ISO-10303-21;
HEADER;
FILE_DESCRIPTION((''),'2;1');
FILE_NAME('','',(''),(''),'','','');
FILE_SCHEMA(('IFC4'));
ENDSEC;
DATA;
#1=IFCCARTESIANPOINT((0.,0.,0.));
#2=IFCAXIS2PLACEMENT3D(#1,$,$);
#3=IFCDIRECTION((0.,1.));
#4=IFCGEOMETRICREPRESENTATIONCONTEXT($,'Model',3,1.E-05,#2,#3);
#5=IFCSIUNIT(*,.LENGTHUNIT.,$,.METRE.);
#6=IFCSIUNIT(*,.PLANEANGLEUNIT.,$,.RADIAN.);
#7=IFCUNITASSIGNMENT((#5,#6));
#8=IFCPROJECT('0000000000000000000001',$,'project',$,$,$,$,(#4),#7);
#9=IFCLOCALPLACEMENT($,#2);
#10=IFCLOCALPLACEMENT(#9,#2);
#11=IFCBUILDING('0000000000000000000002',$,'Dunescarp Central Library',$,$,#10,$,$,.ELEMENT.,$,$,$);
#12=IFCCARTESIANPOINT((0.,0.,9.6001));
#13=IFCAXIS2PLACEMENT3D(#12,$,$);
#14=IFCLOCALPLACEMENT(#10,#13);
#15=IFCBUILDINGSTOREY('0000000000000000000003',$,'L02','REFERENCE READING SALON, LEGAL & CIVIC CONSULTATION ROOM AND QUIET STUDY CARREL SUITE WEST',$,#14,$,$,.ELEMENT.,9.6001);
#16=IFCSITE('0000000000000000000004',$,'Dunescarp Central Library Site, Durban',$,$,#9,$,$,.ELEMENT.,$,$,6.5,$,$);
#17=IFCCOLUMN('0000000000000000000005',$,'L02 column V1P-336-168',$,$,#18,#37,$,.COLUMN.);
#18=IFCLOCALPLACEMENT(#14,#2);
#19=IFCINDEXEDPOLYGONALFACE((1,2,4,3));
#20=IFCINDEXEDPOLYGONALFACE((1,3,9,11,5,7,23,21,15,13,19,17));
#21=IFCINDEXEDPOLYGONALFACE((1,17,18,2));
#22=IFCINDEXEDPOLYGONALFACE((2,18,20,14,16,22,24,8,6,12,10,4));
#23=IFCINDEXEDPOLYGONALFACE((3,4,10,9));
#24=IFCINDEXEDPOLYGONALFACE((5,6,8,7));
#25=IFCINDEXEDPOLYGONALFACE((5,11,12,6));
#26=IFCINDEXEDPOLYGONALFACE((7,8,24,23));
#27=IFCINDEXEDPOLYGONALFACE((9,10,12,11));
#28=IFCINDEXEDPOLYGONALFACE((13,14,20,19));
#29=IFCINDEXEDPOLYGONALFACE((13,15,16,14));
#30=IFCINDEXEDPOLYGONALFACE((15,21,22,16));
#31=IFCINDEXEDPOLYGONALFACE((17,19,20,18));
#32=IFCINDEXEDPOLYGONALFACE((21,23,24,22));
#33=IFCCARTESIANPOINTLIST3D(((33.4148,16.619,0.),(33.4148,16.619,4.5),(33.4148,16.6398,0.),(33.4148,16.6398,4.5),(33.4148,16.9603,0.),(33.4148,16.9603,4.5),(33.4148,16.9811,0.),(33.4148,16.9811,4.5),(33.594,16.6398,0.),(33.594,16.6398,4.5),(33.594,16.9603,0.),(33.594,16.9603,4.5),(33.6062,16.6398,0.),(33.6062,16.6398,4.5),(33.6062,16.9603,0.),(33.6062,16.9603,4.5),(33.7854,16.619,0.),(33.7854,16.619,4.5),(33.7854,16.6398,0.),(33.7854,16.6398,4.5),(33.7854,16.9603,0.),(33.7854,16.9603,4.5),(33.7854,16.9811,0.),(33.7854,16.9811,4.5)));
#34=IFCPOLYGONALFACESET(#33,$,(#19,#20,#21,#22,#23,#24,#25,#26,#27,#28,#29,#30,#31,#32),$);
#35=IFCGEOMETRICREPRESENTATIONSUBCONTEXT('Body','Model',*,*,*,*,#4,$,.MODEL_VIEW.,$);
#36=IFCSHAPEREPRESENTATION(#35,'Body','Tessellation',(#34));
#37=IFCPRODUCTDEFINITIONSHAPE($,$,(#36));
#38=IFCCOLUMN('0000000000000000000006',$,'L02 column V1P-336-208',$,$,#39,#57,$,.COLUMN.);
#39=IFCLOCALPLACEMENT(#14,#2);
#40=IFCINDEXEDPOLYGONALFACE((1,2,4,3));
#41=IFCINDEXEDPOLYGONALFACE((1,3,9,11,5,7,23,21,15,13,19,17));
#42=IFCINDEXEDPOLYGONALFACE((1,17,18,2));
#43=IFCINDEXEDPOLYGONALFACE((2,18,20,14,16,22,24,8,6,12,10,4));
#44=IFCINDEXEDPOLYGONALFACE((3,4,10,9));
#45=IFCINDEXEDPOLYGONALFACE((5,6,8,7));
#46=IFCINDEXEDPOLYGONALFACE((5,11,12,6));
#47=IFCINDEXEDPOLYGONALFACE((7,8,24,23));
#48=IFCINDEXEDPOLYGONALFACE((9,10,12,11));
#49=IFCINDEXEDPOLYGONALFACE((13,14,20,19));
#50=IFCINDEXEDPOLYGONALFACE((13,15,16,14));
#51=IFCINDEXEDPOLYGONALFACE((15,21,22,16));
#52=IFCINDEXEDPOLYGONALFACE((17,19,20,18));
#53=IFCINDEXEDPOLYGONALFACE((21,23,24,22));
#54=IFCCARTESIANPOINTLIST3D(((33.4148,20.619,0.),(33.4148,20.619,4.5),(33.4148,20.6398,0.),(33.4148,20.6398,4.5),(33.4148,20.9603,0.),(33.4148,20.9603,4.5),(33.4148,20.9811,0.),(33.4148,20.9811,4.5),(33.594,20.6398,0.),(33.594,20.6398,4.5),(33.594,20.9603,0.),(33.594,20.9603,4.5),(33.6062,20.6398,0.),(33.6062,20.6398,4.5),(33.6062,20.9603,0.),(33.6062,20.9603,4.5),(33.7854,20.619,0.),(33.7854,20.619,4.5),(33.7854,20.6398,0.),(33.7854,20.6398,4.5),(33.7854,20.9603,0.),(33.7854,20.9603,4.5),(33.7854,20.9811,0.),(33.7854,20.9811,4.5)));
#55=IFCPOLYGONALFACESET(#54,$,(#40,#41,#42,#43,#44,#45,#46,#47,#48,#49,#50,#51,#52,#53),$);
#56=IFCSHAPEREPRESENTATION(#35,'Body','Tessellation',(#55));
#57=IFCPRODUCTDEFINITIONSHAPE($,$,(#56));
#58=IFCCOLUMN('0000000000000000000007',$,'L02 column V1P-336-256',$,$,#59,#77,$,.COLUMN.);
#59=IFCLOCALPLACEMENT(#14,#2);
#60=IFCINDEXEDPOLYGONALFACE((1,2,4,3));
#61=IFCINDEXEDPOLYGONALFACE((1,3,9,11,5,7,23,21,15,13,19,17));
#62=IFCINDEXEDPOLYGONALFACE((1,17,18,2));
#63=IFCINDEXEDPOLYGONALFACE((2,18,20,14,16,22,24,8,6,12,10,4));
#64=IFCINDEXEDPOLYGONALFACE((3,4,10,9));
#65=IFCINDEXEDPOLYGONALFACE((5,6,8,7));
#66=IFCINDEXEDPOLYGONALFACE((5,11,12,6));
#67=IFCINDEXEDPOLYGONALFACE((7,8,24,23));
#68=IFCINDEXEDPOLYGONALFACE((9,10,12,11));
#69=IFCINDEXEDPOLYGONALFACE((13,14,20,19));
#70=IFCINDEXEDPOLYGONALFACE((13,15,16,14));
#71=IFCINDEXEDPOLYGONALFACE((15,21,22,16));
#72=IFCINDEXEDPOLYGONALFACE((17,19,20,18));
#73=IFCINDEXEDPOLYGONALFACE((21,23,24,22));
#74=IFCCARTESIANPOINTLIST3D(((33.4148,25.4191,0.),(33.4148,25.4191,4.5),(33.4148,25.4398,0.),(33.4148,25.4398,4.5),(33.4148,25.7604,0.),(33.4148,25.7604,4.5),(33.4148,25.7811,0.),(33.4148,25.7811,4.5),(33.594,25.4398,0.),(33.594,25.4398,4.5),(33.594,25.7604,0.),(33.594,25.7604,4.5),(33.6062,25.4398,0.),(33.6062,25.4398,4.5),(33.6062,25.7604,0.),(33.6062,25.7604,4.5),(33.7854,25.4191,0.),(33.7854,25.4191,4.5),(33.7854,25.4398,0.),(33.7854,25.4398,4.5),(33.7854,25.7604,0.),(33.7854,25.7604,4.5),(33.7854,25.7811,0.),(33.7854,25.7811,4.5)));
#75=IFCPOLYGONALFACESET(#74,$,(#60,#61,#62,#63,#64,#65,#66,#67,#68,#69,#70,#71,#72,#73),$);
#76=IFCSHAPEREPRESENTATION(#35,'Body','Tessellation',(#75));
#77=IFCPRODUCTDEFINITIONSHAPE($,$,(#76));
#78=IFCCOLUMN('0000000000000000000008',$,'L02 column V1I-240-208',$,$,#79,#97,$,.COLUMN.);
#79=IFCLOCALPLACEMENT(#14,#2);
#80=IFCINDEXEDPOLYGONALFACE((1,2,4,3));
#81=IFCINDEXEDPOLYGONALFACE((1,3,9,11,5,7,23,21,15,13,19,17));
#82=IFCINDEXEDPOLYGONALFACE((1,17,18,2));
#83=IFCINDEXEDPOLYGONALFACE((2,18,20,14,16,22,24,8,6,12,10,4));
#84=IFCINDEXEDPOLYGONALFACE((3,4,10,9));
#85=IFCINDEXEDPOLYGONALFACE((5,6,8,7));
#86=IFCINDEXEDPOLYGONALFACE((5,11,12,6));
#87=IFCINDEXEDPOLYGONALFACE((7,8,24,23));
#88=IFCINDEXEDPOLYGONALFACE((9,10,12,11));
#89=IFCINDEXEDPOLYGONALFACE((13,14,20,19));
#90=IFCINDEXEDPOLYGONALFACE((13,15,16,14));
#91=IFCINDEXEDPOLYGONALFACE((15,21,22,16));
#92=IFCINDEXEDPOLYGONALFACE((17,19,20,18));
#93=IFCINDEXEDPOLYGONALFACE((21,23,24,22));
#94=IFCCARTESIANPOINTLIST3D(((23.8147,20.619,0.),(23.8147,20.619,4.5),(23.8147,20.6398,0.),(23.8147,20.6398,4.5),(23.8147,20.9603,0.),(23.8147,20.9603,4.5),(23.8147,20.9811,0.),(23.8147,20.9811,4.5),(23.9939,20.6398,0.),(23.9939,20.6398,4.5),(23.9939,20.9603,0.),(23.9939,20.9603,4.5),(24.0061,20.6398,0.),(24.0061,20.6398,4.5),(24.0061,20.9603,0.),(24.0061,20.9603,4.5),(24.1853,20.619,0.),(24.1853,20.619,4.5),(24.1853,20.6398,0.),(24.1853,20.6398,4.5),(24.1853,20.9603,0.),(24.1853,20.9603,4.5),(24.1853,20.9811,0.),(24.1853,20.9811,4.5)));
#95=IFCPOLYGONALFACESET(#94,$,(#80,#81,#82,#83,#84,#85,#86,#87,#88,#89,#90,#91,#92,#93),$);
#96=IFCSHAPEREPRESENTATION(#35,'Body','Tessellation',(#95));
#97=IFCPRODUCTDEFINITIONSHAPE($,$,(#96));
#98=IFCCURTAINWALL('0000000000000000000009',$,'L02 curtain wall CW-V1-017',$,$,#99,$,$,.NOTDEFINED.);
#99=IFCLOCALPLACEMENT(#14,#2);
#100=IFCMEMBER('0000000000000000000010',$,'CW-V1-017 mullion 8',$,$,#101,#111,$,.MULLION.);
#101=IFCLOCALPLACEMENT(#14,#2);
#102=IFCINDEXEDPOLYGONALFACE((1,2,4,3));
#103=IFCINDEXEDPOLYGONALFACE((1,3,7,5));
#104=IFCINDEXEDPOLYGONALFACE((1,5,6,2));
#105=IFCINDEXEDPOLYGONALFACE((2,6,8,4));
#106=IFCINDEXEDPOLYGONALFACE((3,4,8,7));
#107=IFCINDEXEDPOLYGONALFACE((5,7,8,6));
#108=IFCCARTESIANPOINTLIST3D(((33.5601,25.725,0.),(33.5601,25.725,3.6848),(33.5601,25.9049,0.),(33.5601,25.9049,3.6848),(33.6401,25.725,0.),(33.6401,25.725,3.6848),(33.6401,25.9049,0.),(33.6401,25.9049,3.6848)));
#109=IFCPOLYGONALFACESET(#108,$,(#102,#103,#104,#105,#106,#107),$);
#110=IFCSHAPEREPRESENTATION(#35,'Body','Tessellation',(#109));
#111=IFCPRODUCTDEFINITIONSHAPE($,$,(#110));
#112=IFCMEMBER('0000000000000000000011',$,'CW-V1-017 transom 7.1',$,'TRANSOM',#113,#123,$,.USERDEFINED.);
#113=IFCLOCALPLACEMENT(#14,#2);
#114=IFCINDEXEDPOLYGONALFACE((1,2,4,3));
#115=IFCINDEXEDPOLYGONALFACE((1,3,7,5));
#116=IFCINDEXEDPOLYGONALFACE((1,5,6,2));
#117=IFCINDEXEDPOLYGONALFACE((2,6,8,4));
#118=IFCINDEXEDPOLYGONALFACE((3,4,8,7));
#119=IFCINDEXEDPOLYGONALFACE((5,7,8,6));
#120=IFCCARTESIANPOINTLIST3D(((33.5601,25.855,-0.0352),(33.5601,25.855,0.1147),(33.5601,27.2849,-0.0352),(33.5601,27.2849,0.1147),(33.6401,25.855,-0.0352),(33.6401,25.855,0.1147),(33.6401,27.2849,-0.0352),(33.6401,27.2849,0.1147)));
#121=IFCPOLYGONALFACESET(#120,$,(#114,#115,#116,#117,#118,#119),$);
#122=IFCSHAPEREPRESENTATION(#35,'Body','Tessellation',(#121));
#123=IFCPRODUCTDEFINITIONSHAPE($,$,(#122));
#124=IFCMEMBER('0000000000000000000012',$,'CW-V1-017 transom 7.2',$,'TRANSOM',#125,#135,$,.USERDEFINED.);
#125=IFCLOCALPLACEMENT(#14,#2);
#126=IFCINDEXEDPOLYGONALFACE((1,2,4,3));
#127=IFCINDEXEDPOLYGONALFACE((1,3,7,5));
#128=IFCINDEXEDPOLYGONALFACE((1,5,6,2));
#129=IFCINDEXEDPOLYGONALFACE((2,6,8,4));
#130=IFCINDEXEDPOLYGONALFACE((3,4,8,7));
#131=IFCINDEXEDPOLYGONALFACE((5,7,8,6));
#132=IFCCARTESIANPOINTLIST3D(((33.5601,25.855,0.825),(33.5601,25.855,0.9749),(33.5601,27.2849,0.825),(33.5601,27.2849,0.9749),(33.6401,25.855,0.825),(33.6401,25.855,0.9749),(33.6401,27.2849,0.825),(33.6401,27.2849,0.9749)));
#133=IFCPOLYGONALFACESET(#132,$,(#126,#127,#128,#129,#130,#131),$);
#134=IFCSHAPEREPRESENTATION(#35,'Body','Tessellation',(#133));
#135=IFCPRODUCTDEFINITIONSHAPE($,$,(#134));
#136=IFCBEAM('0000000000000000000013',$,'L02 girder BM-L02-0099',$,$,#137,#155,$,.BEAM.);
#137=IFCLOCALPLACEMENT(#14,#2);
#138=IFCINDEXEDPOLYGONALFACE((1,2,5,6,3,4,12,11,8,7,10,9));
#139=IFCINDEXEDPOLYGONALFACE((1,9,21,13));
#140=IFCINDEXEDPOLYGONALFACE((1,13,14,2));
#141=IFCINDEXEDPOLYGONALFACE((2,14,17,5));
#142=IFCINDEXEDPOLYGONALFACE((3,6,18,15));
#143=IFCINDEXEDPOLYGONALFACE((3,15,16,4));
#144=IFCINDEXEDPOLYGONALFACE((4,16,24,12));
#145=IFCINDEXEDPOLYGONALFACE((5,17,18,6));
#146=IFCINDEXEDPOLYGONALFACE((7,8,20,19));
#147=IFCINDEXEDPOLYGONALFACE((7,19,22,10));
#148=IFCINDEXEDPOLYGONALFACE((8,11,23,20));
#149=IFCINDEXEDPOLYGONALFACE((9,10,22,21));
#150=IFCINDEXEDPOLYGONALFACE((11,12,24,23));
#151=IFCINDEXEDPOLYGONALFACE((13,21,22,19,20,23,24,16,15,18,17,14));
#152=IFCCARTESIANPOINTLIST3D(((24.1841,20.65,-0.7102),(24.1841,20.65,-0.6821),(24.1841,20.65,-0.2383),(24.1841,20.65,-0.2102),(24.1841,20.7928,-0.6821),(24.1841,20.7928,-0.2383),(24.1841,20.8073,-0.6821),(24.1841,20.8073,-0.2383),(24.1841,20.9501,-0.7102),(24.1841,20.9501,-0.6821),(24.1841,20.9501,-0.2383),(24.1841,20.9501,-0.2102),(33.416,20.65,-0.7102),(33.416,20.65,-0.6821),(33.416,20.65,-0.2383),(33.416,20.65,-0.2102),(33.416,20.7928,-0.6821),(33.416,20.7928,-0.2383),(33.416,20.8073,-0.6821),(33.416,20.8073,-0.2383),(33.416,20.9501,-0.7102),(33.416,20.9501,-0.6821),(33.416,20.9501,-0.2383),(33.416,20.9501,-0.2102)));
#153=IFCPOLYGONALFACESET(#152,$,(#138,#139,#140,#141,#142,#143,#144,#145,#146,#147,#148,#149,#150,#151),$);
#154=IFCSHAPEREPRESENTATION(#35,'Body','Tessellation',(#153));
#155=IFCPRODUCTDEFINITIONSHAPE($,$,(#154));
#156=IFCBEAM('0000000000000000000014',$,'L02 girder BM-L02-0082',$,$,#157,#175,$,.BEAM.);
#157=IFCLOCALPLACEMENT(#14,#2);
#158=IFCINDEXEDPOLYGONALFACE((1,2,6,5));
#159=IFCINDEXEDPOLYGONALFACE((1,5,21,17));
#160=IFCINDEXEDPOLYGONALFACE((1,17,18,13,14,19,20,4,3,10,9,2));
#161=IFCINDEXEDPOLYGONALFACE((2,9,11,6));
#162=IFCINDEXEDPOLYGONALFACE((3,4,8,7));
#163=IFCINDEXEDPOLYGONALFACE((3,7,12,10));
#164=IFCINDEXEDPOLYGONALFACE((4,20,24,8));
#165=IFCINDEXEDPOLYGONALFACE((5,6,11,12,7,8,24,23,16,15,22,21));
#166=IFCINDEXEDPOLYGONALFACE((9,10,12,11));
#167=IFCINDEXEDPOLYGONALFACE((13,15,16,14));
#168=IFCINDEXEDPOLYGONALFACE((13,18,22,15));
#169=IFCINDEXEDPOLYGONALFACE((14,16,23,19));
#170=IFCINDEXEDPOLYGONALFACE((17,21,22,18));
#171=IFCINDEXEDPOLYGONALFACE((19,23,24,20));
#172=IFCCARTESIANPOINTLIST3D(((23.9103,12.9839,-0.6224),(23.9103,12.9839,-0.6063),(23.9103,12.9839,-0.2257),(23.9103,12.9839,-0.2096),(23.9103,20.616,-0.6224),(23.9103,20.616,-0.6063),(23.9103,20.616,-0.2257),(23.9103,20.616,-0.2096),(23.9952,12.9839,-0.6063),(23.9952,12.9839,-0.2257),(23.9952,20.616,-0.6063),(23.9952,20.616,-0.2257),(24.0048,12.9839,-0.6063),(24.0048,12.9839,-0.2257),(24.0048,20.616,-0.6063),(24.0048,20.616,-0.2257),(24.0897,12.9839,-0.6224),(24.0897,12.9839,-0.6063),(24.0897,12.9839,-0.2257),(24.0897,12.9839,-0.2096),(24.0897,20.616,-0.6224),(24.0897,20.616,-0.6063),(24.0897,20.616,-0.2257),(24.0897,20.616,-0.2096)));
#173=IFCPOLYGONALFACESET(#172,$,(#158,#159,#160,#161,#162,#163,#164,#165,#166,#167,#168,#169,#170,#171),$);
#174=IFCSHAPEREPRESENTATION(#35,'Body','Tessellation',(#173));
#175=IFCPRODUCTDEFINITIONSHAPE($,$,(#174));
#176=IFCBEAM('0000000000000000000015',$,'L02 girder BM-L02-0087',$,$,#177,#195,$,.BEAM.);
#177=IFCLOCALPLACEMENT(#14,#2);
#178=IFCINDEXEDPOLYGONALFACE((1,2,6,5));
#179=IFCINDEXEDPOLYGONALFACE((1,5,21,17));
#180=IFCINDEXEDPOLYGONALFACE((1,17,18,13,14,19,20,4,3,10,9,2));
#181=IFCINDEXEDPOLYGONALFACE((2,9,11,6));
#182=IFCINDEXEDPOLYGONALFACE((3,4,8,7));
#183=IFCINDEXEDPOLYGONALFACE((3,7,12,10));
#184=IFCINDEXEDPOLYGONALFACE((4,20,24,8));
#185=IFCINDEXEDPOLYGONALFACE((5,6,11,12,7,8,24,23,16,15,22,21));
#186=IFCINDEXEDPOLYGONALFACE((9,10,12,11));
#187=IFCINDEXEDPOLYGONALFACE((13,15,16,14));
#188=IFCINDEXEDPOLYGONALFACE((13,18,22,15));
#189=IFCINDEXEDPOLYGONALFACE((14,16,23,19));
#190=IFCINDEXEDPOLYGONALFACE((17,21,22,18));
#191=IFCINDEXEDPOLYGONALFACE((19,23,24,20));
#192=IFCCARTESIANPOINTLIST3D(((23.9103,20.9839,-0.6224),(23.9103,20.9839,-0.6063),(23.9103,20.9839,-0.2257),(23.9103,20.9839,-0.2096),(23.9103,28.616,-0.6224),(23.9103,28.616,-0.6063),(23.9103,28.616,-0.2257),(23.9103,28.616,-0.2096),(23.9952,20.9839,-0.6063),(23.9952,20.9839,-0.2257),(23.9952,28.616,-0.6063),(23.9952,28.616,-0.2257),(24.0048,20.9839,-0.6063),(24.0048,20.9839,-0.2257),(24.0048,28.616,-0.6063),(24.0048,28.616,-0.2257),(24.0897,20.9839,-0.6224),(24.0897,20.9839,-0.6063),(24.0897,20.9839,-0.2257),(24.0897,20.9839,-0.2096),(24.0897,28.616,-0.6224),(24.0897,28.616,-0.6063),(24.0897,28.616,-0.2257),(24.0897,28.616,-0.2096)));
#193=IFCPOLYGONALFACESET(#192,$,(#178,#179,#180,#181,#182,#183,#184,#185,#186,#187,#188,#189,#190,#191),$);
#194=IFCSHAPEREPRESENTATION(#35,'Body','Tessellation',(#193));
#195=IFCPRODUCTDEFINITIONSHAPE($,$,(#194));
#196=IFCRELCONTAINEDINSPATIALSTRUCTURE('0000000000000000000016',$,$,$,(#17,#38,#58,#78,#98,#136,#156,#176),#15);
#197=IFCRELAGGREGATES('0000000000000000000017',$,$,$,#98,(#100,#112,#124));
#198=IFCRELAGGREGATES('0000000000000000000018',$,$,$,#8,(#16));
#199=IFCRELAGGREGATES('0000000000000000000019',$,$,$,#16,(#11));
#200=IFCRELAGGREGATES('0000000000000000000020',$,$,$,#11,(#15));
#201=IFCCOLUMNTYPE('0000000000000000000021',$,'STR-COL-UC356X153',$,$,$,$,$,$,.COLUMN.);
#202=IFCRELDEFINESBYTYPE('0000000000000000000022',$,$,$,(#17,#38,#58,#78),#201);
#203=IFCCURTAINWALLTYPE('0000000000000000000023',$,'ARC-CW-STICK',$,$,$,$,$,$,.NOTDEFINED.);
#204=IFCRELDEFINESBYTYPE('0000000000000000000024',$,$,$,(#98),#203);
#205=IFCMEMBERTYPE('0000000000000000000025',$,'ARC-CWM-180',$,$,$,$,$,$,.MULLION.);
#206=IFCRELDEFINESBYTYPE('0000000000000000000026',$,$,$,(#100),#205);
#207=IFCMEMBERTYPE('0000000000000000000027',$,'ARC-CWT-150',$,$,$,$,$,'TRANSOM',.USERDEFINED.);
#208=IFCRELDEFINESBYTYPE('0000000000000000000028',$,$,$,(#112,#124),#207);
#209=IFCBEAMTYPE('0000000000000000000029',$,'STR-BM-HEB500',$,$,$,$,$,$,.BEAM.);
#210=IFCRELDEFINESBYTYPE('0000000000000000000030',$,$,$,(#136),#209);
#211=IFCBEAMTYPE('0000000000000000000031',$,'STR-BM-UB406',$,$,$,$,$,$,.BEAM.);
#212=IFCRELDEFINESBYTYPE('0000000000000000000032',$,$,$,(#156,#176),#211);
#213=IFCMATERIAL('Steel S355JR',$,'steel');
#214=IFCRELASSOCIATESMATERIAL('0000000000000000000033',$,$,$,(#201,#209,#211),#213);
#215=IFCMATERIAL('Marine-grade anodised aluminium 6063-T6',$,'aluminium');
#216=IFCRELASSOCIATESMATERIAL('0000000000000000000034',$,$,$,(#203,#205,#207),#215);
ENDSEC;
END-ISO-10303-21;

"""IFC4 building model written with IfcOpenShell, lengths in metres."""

from ifc_helpers import new_model, si_unit, direction, frame, origin, origin_2d, place, context, subcontext, project, spatial, rectangle, i_section, extrude, material, material_profile, profile_set, type_object, element, aggregate, save


model = new_model("IFC4")

# Units and contexts
model_context = context("Model", 3, precision=1e-05, world=origin(), true_north=direction((0.0, 1.0)))
body_context = subcontext(model_context, "Body", "Model", "MODEL_VIEW")
ifc_project = project(units=[si_unit("LENGTHUNIT", "METRE"), si_unit("PLANEANGLEUNIT", "RADIAN")], contexts=[model_context])

# Site, building, storey
site_placement = place(None, origin())
site = spatial("IfcSite", under=ifc_project, at=site_placement, Name="Dunescarp Central Library Site, Durban", CompositionType="ELEMENT", RefElevation=6.5)
building_placement = place(site_placement, origin())
building = spatial("IfcBuilding", under=site, at=building_placement, Name="Dunescarp Central Library", CompositionType="ELEMENT")
storey_placement = place(building_placement, frame((0.0, 0.0, 9.6001)))
storey = spatial("IfcBuildingStorey", under=building, at=storey_placement, Name="L02", Description="REFERENCE READING SALON, LEGAL & CIVIC CONSULTATION ROOM AND QUIET STUDY CARREL SUITE WEST", CompositionType="ELEMENT", Elevation=9.6001)

# Columns
ifc_material_1 = material(Name="Steel S355JR", Category="steel")
ifc_material_profile_1 = material_profile(ifc_material_1, i_section(OverallWidth=0.3706, OverallDepth=0.3621, WebThickness=0.0122, FlangeThickness=0.0208, at=origin_2d()), Name="UC 356x368x153")
ifc_profile_set_1 = profile_set([ifc_material_profile_1], Name="Steel S355JR")
column_type = type_object("IfcColumnType", Name="STR-COL-UC356X153", PredefinedType="COLUMN", material=ifc_profile_set_1)
for number, where, z_axis, x_axis, name in (
    (1, (33.6001, 16.8, 0.0), (0.0, 0.0, 1.0), (1.0, 0.0, 0.0), "L02 column V1P-336-168"),
    (2, (33.6001, 20.8, 0.0), (0.0, 0.0, 1.0), (1.0, 0.0, 0.0), "L02 column V1P-336-208"),
    (3, (33.6001, 25.6001, 0.0), (0.0, 0.0, 1.0), (1.0, 0.0, 0.0), "L02 column V1P-336-256"),
    (4, (24.0, 20.8, 0.0), (0.0, 0.0, 1.0), (1.0, 0.0, 0.0), "L02 column V1I-240-208"),
):
    element("IfcColumn", number, at=place(storey_placement, frame(where, z_axis=z_axis, x_axis=x_axis)), inside=storey, type_object=column_type, Name=name, PredefinedType="COLUMN", context=body_context, shape_type="SweptSolid", body=[
        extrude(i_section(OverallWidth=0.3706, OverallDepth=0.3621, WebThickness=0.0122, FlangeThickness=0.0208, at=origin_2d()), origin(), (0.0, 0.0, 1.0), 4.5),
    ])

# Curtain wall, members
ifc_material_2 = material(Name="Marine-grade anodised aluminium 6063-T6", Category="aluminium")
curtain_wall_type = type_object("IfcCurtainWallType", Name="ARC-CW-STICK", PredefinedType="NOTDEFINED", material=ifc_material_2)
curtain_wall_placement = place(storey_placement, origin())
curtain_wall = element("IfcCurtainWall", 5, at=curtain_wall_placement, inside=storey, type_object=curtain_wall_type, Name="L02 curtain wall CW-V1-017", PredefinedType="NOTDEFINED")
ifc_material_profile_2 = material_profile(ifc_material_2, rectangle(XDim=0.0801, YDim=0.1799, at=origin_2d()), Name="AL 80x180")
ifc_profile_set_2 = profile_set([ifc_material_profile_2], Name="Marine-grade anodised aluminium 6063-T6")
member_type_1 = type_object("IfcMemberType", Name="ARC-CWM-180", PredefinedType="MULLION", material=ifc_profile_set_2)
member_1_placement = place(storey_placement, frame((33.6001, 25.8149, 0.0), z_axis=(0.0, 0.0, 1.0), x_axis=(1.0, 0.0, 0.0)))
member_1 = element("IfcMember", 6, at=member_1_placement, type_object=member_type_1, Name="CW-V1-017 mullion 8", PredefinedType="MULLION", context=body_context, shape_type="SweptSolid", body=[
    extrude(rectangle(XDim=0.0801, YDim=0.1799, at=origin_2d()), origin(), (0.0, 0.0, 1.0), 3.6848),
])
ifc_material_profile_3 = material_profile(ifc_material_2, rectangle(XDim=0.0801, YDim=0.1499, at=origin_2d()), Name="AL 80x150")
ifc_profile_set_3 = profile_set([ifc_material_profile_3], Name="Marine-grade anodised aluminium 6063-T6")
member_type_2 = type_object("IfcMemberType", Name="ARC-CWT-150", ElementType="TRANSOM", PredefinedType="USERDEFINED", material=ifc_profile_set_3)
member_2_placement = place(storey_placement, frame((33.6001, 27.2849, 0.0398), z_axis=(0.0, -1.0, 0.0), x_axis=(1.0, 0.0, 0.0)))
member_2 = element("IfcMember", 7, at=member_2_placement, type_object=member_type_2, Name="CW-V1-017 transom 7.1", ObjectType="TRANSOM", PredefinedType="USERDEFINED", context=body_context, shape_type="SweptSolid", body=[
    extrude(rectangle(XDim=0.0801, YDim=0.1499, at=origin_2d()), origin(), (0.0, 0.0, 1.0), 1.4299),
])
member_3_placement = place(storey_placement, frame((33.6001, 27.2849, 0.8999), z_axis=(0.0, -1.0, 0.0), x_axis=(1.0, 0.0, 0.0)))
member_3 = element("IfcMember", 8, at=member_3_placement, type_object=member_type_2, Name="CW-V1-017 transom 7.2", ObjectType="TRANSOM", PredefinedType="USERDEFINED", context=body_context, shape_type="SweptSolid", body=[
    extrude(rectangle(XDim=0.0801, YDim=0.1499, at=origin_2d()), origin(), (0.0, 0.0, 1.0), 1.4299),
])

# Beams
ifc_material_profile_4 = material_profile(ifc_material_1, i_section(OverallWidth=0.3, OverallDepth=0.5, WebThickness=0.0144, FlangeThickness=0.0281, at=origin_2d()), Name="HEB 500")
ifc_profile_set_4 = profile_set([ifc_material_profile_4], Name="Steel S355JR")
beam_type_1 = type_object("IfcBeamType", Name="STR-BM-HEB500", PredefinedType="BEAM", material=ifc_profile_set_4)
beam_placement = place(storey_placement, frame((24.1841, 20.8, -0.4602), z_axis=(1.0, 0.0, 0.0), x_axis=(0.0, 1.0, 0.0)))
element("IfcBeam", 9, at=beam_placement, inside=storey, type_object=beam_type_1, Name="L02 girder BM-L02-0099", PredefinedType="BEAM", context=body_context, shape_type="SweptSolid", body=[
    extrude(i_section(OverallWidth=0.3, OverallDepth=0.5, WebThickness=0.0144, FlangeThickness=0.0281, at=origin_2d()), origin(), (0.0, 0.0, 1.0), 9.2319),
])
ifc_material_profile_5 = material_profile(ifc_material_1, i_section(OverallWidth=0.1794, OverallDepth=0.4128, WebThickness=0.0095, FlangeThickness=0.0161, at=origin_2d()), Name="UB 406x178x74")
ifc_profile_set_5 = profile_set([ifc_material_profile_5], Name="Steel S355JR")
beam_type_2 = type_object("IfcBeamType", Name="STR-BM-UB406", PredefinedType="BEAM", material=ifc_profile_set_5)
for number, where, z_axis, x_axis, name in (
    (10, (24.0, 12.9839, -0.416), (0.0, 1.0, 0.0), (-1.0, 0.0, 0.0), "L02 girder BM-L02-0082"),
    (11, (24.0, 20.9839, -0.416), (0.0, 1.0, 0.0), (-1.0, 0.0, 0.0), "L02 girder BM-L02-0087"),
):
    element("IfcBeam", number, at=place(storey_placement, frame(where, z_axis=z_axis, x_axis=x_axis)), inside=storey, type_object=beam_type_2, Name=name, PredefinedType="BEAM", context=body_context, shape_type="SweptSolid", body=[
        extrude(i_section(OverallWidth=0.1794, OverallDepth=0.4128, WebThickness=0.0095, FlangeThickness=0.0161, at=origin_2d()), origin(), (0.0, 0.0, 1.0), 7.6321),
    ])

aggregate(curtain_wall, [member_1, member_2, member_3])

save(model, "model.ifc")
